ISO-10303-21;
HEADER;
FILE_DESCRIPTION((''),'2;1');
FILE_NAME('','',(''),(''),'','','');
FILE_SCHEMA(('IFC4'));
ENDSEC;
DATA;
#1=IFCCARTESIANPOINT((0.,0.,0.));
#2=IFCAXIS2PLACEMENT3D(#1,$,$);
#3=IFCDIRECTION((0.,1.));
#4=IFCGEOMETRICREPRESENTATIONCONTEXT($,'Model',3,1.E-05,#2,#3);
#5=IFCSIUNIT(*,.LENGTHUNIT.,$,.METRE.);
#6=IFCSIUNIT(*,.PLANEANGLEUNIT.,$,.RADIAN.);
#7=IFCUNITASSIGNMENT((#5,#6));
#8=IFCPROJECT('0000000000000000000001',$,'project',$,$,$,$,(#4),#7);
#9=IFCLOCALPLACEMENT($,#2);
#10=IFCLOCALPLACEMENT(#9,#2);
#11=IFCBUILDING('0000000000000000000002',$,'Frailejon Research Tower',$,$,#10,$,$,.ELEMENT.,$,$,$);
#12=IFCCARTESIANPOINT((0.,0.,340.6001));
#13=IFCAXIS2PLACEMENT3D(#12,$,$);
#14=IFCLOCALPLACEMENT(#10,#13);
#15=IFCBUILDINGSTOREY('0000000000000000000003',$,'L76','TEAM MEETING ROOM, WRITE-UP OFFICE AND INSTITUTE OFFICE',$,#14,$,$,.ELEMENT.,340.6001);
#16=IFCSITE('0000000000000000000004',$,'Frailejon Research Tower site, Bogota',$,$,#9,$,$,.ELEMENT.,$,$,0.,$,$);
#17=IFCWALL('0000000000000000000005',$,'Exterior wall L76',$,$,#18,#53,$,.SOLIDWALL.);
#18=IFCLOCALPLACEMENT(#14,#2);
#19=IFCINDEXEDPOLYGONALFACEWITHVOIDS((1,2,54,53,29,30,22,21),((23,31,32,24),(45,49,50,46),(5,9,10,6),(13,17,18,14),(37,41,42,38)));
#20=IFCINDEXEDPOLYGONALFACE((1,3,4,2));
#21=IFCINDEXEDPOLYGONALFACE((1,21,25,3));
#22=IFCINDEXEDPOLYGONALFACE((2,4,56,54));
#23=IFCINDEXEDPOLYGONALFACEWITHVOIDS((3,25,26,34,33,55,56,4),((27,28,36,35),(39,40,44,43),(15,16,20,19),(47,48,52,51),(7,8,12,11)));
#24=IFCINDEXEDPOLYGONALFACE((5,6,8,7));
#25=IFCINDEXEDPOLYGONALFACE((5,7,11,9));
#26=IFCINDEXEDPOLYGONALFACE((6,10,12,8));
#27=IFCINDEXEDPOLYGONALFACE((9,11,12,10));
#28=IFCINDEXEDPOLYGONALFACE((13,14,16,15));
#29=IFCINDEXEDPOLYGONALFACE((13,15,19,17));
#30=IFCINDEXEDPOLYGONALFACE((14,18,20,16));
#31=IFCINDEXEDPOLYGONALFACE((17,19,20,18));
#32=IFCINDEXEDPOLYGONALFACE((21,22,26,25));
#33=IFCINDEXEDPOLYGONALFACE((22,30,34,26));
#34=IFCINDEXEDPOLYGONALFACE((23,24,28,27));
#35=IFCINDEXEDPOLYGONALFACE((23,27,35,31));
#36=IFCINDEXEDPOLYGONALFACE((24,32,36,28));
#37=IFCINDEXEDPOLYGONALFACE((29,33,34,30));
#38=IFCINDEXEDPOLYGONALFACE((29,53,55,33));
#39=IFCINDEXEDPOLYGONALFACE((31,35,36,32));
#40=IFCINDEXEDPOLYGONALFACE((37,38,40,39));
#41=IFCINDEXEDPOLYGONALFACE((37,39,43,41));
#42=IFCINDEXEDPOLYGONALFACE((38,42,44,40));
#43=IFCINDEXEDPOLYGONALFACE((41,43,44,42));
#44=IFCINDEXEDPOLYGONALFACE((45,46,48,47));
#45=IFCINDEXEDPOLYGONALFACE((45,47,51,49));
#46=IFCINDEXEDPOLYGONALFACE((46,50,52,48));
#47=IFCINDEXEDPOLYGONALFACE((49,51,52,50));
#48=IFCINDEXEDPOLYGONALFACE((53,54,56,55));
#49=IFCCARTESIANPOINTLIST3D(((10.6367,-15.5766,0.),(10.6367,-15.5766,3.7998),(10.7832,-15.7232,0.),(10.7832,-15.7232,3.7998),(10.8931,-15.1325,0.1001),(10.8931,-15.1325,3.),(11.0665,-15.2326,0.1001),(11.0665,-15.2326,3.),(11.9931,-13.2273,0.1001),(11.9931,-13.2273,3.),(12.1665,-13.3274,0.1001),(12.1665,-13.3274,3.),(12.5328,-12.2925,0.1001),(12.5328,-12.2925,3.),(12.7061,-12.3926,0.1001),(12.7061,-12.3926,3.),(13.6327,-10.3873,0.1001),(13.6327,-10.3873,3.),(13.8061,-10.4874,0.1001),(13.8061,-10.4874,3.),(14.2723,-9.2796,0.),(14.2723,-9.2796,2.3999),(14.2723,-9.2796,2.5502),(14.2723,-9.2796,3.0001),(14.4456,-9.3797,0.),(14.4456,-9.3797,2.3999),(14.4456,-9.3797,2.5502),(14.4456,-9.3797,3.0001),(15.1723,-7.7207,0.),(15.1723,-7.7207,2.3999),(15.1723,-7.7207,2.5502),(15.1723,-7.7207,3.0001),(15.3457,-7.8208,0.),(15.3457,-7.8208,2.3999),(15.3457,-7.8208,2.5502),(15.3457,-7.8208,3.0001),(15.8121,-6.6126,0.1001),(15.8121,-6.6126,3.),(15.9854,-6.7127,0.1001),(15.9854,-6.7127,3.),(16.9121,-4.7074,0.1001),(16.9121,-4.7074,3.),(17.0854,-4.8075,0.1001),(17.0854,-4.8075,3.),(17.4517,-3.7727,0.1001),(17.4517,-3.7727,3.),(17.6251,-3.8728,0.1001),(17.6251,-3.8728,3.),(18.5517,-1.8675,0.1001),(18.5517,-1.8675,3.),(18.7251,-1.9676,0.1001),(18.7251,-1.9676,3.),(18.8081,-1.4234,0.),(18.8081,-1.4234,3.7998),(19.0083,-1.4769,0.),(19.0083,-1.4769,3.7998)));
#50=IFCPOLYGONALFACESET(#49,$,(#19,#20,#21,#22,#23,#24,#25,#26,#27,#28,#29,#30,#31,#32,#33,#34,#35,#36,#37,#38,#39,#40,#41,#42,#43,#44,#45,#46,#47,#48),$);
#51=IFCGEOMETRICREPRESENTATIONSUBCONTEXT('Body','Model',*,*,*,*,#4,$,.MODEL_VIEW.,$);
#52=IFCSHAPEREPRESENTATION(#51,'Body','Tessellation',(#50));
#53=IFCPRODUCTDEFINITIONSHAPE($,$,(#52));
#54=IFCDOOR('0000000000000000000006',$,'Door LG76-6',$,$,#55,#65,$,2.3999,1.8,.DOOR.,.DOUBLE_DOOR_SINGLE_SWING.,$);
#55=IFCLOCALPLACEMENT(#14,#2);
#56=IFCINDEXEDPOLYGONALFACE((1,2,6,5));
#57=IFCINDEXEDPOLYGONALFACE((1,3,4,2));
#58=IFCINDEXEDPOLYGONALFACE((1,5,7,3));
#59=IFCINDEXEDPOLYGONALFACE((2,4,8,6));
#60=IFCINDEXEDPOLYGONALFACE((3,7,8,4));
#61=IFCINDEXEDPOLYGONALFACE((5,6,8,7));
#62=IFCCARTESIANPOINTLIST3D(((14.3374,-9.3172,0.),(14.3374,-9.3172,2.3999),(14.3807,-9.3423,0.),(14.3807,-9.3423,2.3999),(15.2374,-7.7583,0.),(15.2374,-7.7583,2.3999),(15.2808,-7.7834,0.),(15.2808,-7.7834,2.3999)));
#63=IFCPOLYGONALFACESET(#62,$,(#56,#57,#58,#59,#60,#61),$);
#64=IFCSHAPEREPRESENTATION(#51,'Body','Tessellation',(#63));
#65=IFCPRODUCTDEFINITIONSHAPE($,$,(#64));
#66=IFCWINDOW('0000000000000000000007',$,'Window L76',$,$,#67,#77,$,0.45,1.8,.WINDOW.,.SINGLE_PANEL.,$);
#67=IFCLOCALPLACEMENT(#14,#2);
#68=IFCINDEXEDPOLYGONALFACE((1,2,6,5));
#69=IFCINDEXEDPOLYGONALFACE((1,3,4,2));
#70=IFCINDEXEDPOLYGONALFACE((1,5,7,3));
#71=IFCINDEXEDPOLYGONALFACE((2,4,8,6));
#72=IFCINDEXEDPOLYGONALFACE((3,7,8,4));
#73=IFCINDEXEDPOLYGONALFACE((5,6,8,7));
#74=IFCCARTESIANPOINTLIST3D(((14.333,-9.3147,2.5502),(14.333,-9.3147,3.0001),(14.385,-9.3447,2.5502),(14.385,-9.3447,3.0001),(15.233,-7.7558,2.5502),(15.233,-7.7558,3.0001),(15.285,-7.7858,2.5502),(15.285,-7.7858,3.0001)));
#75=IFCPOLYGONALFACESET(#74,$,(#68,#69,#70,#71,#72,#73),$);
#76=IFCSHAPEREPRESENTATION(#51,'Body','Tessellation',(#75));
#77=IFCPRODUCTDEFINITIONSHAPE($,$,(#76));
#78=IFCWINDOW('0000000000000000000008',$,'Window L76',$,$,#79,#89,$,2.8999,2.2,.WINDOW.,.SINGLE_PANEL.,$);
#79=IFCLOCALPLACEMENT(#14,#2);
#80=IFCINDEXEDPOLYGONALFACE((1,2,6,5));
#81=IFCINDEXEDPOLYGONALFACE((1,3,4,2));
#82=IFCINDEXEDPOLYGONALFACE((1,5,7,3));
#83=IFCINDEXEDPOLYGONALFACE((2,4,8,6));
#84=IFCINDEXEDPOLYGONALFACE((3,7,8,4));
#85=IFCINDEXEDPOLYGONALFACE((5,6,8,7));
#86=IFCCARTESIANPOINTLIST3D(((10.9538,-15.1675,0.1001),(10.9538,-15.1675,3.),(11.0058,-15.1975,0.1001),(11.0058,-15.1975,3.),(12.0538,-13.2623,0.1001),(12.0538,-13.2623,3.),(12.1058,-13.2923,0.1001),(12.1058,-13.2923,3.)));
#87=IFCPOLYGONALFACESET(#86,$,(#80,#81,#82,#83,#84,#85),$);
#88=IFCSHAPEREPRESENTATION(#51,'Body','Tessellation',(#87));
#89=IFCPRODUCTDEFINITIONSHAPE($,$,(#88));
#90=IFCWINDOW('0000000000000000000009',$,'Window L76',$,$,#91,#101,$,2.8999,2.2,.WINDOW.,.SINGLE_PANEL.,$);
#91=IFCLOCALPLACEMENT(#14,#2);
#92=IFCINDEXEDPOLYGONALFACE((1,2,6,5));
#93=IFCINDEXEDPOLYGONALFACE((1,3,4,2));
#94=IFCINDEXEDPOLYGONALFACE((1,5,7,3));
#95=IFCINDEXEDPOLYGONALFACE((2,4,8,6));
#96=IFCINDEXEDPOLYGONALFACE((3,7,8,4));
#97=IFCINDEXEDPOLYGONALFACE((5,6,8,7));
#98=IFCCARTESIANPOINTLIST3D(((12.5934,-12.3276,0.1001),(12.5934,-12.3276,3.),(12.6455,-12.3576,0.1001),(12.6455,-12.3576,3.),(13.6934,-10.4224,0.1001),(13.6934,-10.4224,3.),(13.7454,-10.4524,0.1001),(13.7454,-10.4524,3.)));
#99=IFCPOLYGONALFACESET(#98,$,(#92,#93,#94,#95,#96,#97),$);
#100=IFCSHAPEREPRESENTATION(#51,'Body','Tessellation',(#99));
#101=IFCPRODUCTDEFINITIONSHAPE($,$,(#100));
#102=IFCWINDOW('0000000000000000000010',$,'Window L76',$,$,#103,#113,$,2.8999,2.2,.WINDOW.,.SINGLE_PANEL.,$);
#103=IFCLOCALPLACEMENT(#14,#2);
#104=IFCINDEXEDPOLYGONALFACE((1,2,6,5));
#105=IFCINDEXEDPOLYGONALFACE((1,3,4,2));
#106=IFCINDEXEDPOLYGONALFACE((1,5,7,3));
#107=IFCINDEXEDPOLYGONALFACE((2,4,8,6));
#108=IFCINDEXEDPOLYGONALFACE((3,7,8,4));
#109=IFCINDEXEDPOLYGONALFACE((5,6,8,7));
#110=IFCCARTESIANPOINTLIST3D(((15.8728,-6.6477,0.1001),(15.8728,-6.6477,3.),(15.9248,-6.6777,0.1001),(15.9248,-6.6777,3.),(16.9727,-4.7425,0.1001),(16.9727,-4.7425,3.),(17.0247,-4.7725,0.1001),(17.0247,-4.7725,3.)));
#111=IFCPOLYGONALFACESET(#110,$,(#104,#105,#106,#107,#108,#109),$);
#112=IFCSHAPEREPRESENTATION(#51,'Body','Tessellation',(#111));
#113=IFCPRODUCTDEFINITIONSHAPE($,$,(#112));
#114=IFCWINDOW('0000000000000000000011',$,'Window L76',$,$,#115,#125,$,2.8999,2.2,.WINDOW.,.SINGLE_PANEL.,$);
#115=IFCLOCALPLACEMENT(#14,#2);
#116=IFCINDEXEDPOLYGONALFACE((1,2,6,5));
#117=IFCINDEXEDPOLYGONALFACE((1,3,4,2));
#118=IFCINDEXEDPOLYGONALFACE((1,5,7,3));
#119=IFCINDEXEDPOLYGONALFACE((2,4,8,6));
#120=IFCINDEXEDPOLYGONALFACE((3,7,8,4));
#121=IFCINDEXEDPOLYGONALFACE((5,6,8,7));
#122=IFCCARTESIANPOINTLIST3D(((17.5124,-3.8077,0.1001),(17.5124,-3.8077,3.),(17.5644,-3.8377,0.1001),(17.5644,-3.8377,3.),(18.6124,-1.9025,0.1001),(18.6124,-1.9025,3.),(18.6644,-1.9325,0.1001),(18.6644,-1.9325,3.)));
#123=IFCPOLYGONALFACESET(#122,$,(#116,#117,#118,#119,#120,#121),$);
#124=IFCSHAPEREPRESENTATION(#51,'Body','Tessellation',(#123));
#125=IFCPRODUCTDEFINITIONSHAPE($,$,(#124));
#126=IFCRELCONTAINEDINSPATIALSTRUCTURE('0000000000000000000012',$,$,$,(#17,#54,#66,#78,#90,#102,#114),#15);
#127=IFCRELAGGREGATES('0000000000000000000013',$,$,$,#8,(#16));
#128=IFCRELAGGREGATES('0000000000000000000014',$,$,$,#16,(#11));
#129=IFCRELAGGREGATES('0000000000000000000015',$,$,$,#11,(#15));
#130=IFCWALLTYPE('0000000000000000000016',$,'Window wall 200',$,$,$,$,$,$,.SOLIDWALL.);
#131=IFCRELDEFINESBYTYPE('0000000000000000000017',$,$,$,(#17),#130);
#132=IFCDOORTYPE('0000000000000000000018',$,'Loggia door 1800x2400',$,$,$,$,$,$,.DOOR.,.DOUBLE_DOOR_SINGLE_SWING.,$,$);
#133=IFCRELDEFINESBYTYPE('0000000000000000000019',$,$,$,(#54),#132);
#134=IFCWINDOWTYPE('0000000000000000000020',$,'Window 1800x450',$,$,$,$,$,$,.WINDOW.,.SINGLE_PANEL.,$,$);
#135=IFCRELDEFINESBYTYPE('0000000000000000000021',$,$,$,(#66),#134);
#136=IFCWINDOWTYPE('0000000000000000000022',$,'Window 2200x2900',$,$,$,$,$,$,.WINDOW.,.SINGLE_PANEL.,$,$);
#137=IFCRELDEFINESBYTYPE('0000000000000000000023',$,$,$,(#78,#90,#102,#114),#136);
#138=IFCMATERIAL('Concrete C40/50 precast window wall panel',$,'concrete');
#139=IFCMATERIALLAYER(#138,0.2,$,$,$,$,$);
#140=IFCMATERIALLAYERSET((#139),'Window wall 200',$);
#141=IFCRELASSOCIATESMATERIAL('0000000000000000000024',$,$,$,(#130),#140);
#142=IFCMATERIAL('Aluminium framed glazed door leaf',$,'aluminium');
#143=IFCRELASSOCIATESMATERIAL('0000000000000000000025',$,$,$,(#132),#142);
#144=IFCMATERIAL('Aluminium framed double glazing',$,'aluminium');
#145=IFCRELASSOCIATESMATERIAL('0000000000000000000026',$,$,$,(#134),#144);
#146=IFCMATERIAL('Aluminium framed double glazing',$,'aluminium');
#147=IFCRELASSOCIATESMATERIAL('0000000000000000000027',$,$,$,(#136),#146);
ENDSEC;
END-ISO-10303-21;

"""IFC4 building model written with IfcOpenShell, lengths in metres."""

from ifc_helpers import new_model, si_unit, direction, frame, frame_2d, origin, place, context, subcontext, project, spatial, polyline, rectangle, outline, extrude, material, layer, layer_set, type_object, element, fill, save


model = new_model("IFC4")

# Units and contexts
model_context = context("Model", 3, precision=1e-05, world=origin(), true_north=direction((0.0, 1.0)))
body_context = subcontext(model_context, "Body", "Model", "MODEL_VIEW")
ifc_project = project(units=[si_unit("LENGTHUNIT", "METRE"), si_unit("PLANEANGLEUNIT", "RADIAN")], contexts=[model_context])

# Site, building, storey
site_placement = place(None, origin())
site = spatial("IfcSite", under=ifc_project, at=site_placement, Name="Frailejon Research Tower site, Bogota", CompositionType="ELEMENT", RefElevation=0.0)
building_placement = place(site_placement, origin())
building = spatial("IfcBuilding", under=site, at=building_placement, Name="Frailejon Research Tower", CompositionType="ELEMENT")
storey_placement = place(building_placement, frame((0.0, 0.0, 340.6001)))
storey = spatial("IfcBuildingStorey", under=building, at=storey_placement, Name="L76", Description="TEAM MEETING ROOM, WRITE-UP OFFICE AND INSTITUTE OFFICE", CompositionType="ELEMENT", Elevation=340.6001)

# Wall, openings, door, windows
ifc_material_1 = material(Name="Concrete C40/50 precast window wall panel", Category="concrete")
ifc_layer_1 = layer(ifc_material_1, 0.2)
ifc_layer_set_1 = layer_set([ifc_layer_1], Name="Window wall 200")
wall_type_1 = type_object("IfcWallType", Name="Window wall 200", PredefinedType="SOLIDWALL", material=ifc_layer_set_1)
wall_1_placement = place(storey_placement, frame((10.71, -15.6499, 0.0), z_axis=(0.0, 0.0, 1.0), x_axis=(0.500002, 0.866024, 0.0)))
wall_1 = element("IfcWall", 1, at=wall_1_placement, inside=storey, type_object=wall_type_1, Name="Exterior wall L76", PredefinedType="SOLIDWALL", context=body_context, shape_type="SweptSolid", body=[
    extrude(outline(polyline([(-0.0269, -0.1001), (1.0012, -0.1001), (2.0293, -0.1001), (3.0576, -0.1001), (4.0857, -0.1001), (5.1138, -0.1001), (6.1421, -0.1001), (7.1702, -0.1001), (8.1982, -0.1001), (9.2263, -0.1001), (10.2544, -0.1001), (11.2827, -0.1001), (12.3108, -0.1001), (13.3389, -0.1001), (14.3672, -0.1001), (15.3953, -0.1001), (16.4233, -0.1001), (16.3696, 0.1001), (15.3481, 0.1001), (14.3267, 0.1001), (13.3054, 0.1001), (12.2839, 0.1001), (11.2625, 0.1001), (10.2412, 0.1001), (9.2197, 0.1001), (8.1982, 0.1001), (7.1768, 0.1001), (6.1553, 0.1001), (5.134, 0.1001), (4.1125, 0.1001), (3.0911, 0.1001), (2.0698, 0.1001), (1.0483, 0.1001), (0.0269, 0.1001), (-0.0269, -0.1001)])), origin(), (0.0, 0.0, 1.0), 3.7998),
])
opening_1_placement = place(wall_1_placement, frame((0.5396, 0.0, 0.1001)))
opening_1 = element("IfcOpeningElement", 2, at=opening_1_placement, cuts=wall_1, PredefinedType="OPENING", context=body_context, shape_type="SweptSolid", body=[
    extrude(rectangle(XDim=2.2, YDim=2.8999, at=frame_2d((1.1001, 1.45))), frame((0.0, 0.1099, 0.0), z_axis=(0.0, -1.0, 0.0), x_axis=(1.0, 0.0, 0.0)), (0.0, 0.0, 1.0), 0.22),
])
opening_2_placement = place(wall_1_placement, frame((3.8188, 0.0, 0.1001)))
opening_2 = element("IfcOpeningElement", 3, at=opening_2_placement, cuts=wall_1, PredefinedType="OPENING", context=body_context, shape_type="SweptSolid", body=[
    extrude(rectangle(XDim=2.2, YDim=2.8999, at=frame_2d((1.1001, 1.45))), frame((0.0, 0.1099, 0.0), z_axis=(0.0, -1.0, 0.0), x_axis=(1.0, 0.0, 0.0)), (0.0, 0.0, 1.0), 0.22),
])
opening_3_placement = place(wall_1_placement, frame((7.2981, 0.0, 0.0)))
opening_3 = element("IfcOpeningElement", 4, at=opening_3_placement, cuts=wall_1, PredefinedType="OPENING", context=body_context, shape_type="SweptSolid", body=[
    extrude(rectangle(XDim=1.8, YDim=2.3999, at=frame_2d((0.8999, 1.2))), frame((0.0, 0.1099, 0.0), z_axis=(0.0, -1.0, 0.0), x_axis=(1.0, 0.0, 0.0)), (0.0, 0.0, 1.0), 0.22),
])
opening_4_placement = place(wall_1_placement, frame((7.2981, 0.0, 2.55)))
opening_4 = element("IfcOpeningElement", 5, at=opening_4_placement, cuts=wall_1, PredefinedType="OPENING", context=body_context, shape_type="SweptSolid", body=[
    extrude(rectangle(XDim=1.8, YDim=0.45, at=frame_2d((0.8999, 0.2251))), frame((0.0, 0.1099, 0.0), z_axis=(0.0, -1.0, 0.0), x_axis=(1.0, 0.0, 0.0)), (0.0, 0.0, 1.0), 0.22),
])
opening_5_placement = place(wall_1_placement, frame((10.3774, 0.0, 0.1001)))
opening_5 = element("IfcOpeningElement", 6, at=opening_5_placement, cuts=wall_1, PredefinedType="OPENING", context=body_context, shape_type="SweptSolid", body=[
    extrude(rectangle(XDim=2.2, YDim=2.8999, at=frame_2d((1.1001, 1.45))), frame((0.0, 0.1099, 0.0), z_axis=(0.0, -1.0, 0.0), x_axis=(1.0, 0.0, 0.0)), (0.0, 0.0, 1.0), 0.22),
])
opening_6_placement = place(wall_1_placement, frame((13.6567, 0.0, 0.1001)))
opening_6 = element("IfcOpeningElement", 7, at=opening_6_placement, cuts=wall_1, PredefinedType="OPENING", context=body_context, shape_type="SweptSolid", body=[
    extrude(rectangle(XDim=2.2, YDim=2.8999, at=frame_2d((1.1001, 1.45))), frame((0.0, 0.1099, 0.0), z_axis=(0.0, -1.0, 0.0), x_axis=(1.0, 0.0, 0.0)), (0.0, 0.0, 1.0), 0.22),
])
ifc_material_2 = material(Name="Aluminium framed glazed door leaf", Category="aluminium")
door_type_1 = type_object("IfcDoorType", Name="Loggia door 1800x2400", OperationType="DOUBLE_DOOR_SINGLE_SWING", PredefinedType="DOOR", material=ifc_material_2)
door_1_placement = place(opening_3_placement, origin())
door_1 = element("IfcDoor", 8, at=door_1_placement, inside=storey, type_object=door_type_1, Name="Door LG76-6", OperationType="DOUBLE_DOOR_SINGLE_SWING", OverallHeight=2.3999, OverallWidth=1.8, PredefinedType="DOOR", context=body_context, shape_type="SweptSolid", body=[
    extrude(rectangle(XDim=1.8, YDim=2.3999, at=frame_2d((0.8999, 1.2))), frame((0.0, 0.0249, 0.0), z_axis=(0.0, -1.0, 0.0), x_axis=(1.0, 0.0, 0.0)), (0.0, 0.0, 1.0), 0.05),
])
fill(opening_3, door_1)
ifc_material_3 = material(Name="Aluminium framed double glazing", Category="aluminium")
window_type_1 = type_object("IfcWindowType", Name="Window 1800x450", PartitioningType="SINGLE_PANEL", PredefinedType="WINDOW", material=ifc_material_3)
window_1_placement = place(opening_4_placement, origin())
window_1 = element("IfcWindow", 9, at=window_1_placement, inside=storey, type_object=window_type_1, Name="Window L76", OverallHeight=0.45, OverallWidth=1.8, PartitioningType="SINGLE_PANEL", PredefinedType="WINDOW", context=body_context, shape_type="SweptSolid", body=[
    extrude(rectangle(XDim=1.8, YDim=0.45, at=frame_2d((0.8999, 0.2251))), frame((0.0, 0.03, 0.0), z_axis=(0.0, -1.0, 0.0), x_axis=(1.0, 0.0, 0.0)), (0.0, 0.0, 1.0), 0.0601),
])
fill(opening_4, window_1)
ifc_material_4 = material(Name="Aluminium framed double glazing", Category="aluminium")
window_type_2 = type_object("IfcWindowType", Name="Window 2200x2900", PartitioningType="SINGLE_PANEL", PredefinedType="WINDOW", material=ifc_material_4)
window_2_placement = place(opening_1_placement, origin())
window_2 = element("IfcWindow", 10, at=window_2_placement, inside=storey, type_object=window_type_2, Name="Window L76", OverallHeight=2.8999, OverallWidth=2.2, PartitioningType="SINGLE_PANEL", PredefinedType="WINDOW", context=body_context, shape_type="SweptSolid", body=[
    extrude(rectangle(XDim=2.2, YDim=2.8999, at=frame_2d((1.1001, 1.45))), frame((0.0, 0.03, 0.0), z_axis=(0.0, -1.0, 0.0), x_axis=(1.0, 0.0, 0.0)), (0.0, 0.0, 1.0), 0.0601),
])
fill(opening_1, window_2)
window_3_placement = place(opening_2_placement, origin())
window_3 = element("IfcWindow", 11, at=window_3_placement, inside=storey, type_object=window_type_2, Name="Window L76", OverallHeight=2.8999, OverallWidth=2.2, PartitioningType="SINGLE_PANEL", PredefinedType="WINDOW", context=body_context, shape_type="SweptSolid", body=[
    extrude(rectangle(XDim=2.2, YDim=2.8999, at=frame_2d((1.1001, 1.45))), frame((0.0, 0.03, 0.0), z_axis=(0.0, -1.0, 0.0), x_axis=(1.0, 0.0, 0.0)), (0.0, 0.0, 1.0), 0.0601),
])
fill(opening_2, window_3)
window_4_placement = place(opening_5_placement, origin())
window_4 = element("IfcWindow", 12, at=window_4_placement, inside=storey, type_object=window_type_2, Name="Window L76", OverallHeight=2.8999, OverallWidth=2.2, PartitioningType="SINGLE_PANEL", PredefinedType="WINDOW", context=body_context, shape_type="SweptSolid", body=[
    extrude(rectangle(XDim=2.2, YDim=2.8999, at=frame_2d((1.1001, 1.45))), frame((0.0, 0.03, 0.0), z_axis=(0.0, -1.0, 0.0), x_axis=(1.0, 0.0, 0.0)), (0.0, 0.0, 1.0), 0.0601),
])
fill(opening_5, window_4)
window_5_placement = place(opening_6_placement, origin())
window_5 = element("IfcWindow", 13, at=window_5_placement, inside=storey, type_object=window_type_2, Name="Window L76", OverallHeight=2.8999, OverallWidth=2.2, PartitioningType="SINGLE_PANEL", PredefinedType="WINDOW", context=body_context, shape_type="SweptSolid", body=[
    extrude(rectangle(XDim=2.2, YDim=2.8999, at=frame_2d((1.1001, 1.45))), frame((0.0, 0.03, 0.0), z_axis=(0.0, -1.0, 0.0), x_axis=(1.0, 0.0, 0.0)), (0.0, 0.0, 1.0), 0.0601),
])
fill(opening_6, window_5)

save(model, "model.ifc")
